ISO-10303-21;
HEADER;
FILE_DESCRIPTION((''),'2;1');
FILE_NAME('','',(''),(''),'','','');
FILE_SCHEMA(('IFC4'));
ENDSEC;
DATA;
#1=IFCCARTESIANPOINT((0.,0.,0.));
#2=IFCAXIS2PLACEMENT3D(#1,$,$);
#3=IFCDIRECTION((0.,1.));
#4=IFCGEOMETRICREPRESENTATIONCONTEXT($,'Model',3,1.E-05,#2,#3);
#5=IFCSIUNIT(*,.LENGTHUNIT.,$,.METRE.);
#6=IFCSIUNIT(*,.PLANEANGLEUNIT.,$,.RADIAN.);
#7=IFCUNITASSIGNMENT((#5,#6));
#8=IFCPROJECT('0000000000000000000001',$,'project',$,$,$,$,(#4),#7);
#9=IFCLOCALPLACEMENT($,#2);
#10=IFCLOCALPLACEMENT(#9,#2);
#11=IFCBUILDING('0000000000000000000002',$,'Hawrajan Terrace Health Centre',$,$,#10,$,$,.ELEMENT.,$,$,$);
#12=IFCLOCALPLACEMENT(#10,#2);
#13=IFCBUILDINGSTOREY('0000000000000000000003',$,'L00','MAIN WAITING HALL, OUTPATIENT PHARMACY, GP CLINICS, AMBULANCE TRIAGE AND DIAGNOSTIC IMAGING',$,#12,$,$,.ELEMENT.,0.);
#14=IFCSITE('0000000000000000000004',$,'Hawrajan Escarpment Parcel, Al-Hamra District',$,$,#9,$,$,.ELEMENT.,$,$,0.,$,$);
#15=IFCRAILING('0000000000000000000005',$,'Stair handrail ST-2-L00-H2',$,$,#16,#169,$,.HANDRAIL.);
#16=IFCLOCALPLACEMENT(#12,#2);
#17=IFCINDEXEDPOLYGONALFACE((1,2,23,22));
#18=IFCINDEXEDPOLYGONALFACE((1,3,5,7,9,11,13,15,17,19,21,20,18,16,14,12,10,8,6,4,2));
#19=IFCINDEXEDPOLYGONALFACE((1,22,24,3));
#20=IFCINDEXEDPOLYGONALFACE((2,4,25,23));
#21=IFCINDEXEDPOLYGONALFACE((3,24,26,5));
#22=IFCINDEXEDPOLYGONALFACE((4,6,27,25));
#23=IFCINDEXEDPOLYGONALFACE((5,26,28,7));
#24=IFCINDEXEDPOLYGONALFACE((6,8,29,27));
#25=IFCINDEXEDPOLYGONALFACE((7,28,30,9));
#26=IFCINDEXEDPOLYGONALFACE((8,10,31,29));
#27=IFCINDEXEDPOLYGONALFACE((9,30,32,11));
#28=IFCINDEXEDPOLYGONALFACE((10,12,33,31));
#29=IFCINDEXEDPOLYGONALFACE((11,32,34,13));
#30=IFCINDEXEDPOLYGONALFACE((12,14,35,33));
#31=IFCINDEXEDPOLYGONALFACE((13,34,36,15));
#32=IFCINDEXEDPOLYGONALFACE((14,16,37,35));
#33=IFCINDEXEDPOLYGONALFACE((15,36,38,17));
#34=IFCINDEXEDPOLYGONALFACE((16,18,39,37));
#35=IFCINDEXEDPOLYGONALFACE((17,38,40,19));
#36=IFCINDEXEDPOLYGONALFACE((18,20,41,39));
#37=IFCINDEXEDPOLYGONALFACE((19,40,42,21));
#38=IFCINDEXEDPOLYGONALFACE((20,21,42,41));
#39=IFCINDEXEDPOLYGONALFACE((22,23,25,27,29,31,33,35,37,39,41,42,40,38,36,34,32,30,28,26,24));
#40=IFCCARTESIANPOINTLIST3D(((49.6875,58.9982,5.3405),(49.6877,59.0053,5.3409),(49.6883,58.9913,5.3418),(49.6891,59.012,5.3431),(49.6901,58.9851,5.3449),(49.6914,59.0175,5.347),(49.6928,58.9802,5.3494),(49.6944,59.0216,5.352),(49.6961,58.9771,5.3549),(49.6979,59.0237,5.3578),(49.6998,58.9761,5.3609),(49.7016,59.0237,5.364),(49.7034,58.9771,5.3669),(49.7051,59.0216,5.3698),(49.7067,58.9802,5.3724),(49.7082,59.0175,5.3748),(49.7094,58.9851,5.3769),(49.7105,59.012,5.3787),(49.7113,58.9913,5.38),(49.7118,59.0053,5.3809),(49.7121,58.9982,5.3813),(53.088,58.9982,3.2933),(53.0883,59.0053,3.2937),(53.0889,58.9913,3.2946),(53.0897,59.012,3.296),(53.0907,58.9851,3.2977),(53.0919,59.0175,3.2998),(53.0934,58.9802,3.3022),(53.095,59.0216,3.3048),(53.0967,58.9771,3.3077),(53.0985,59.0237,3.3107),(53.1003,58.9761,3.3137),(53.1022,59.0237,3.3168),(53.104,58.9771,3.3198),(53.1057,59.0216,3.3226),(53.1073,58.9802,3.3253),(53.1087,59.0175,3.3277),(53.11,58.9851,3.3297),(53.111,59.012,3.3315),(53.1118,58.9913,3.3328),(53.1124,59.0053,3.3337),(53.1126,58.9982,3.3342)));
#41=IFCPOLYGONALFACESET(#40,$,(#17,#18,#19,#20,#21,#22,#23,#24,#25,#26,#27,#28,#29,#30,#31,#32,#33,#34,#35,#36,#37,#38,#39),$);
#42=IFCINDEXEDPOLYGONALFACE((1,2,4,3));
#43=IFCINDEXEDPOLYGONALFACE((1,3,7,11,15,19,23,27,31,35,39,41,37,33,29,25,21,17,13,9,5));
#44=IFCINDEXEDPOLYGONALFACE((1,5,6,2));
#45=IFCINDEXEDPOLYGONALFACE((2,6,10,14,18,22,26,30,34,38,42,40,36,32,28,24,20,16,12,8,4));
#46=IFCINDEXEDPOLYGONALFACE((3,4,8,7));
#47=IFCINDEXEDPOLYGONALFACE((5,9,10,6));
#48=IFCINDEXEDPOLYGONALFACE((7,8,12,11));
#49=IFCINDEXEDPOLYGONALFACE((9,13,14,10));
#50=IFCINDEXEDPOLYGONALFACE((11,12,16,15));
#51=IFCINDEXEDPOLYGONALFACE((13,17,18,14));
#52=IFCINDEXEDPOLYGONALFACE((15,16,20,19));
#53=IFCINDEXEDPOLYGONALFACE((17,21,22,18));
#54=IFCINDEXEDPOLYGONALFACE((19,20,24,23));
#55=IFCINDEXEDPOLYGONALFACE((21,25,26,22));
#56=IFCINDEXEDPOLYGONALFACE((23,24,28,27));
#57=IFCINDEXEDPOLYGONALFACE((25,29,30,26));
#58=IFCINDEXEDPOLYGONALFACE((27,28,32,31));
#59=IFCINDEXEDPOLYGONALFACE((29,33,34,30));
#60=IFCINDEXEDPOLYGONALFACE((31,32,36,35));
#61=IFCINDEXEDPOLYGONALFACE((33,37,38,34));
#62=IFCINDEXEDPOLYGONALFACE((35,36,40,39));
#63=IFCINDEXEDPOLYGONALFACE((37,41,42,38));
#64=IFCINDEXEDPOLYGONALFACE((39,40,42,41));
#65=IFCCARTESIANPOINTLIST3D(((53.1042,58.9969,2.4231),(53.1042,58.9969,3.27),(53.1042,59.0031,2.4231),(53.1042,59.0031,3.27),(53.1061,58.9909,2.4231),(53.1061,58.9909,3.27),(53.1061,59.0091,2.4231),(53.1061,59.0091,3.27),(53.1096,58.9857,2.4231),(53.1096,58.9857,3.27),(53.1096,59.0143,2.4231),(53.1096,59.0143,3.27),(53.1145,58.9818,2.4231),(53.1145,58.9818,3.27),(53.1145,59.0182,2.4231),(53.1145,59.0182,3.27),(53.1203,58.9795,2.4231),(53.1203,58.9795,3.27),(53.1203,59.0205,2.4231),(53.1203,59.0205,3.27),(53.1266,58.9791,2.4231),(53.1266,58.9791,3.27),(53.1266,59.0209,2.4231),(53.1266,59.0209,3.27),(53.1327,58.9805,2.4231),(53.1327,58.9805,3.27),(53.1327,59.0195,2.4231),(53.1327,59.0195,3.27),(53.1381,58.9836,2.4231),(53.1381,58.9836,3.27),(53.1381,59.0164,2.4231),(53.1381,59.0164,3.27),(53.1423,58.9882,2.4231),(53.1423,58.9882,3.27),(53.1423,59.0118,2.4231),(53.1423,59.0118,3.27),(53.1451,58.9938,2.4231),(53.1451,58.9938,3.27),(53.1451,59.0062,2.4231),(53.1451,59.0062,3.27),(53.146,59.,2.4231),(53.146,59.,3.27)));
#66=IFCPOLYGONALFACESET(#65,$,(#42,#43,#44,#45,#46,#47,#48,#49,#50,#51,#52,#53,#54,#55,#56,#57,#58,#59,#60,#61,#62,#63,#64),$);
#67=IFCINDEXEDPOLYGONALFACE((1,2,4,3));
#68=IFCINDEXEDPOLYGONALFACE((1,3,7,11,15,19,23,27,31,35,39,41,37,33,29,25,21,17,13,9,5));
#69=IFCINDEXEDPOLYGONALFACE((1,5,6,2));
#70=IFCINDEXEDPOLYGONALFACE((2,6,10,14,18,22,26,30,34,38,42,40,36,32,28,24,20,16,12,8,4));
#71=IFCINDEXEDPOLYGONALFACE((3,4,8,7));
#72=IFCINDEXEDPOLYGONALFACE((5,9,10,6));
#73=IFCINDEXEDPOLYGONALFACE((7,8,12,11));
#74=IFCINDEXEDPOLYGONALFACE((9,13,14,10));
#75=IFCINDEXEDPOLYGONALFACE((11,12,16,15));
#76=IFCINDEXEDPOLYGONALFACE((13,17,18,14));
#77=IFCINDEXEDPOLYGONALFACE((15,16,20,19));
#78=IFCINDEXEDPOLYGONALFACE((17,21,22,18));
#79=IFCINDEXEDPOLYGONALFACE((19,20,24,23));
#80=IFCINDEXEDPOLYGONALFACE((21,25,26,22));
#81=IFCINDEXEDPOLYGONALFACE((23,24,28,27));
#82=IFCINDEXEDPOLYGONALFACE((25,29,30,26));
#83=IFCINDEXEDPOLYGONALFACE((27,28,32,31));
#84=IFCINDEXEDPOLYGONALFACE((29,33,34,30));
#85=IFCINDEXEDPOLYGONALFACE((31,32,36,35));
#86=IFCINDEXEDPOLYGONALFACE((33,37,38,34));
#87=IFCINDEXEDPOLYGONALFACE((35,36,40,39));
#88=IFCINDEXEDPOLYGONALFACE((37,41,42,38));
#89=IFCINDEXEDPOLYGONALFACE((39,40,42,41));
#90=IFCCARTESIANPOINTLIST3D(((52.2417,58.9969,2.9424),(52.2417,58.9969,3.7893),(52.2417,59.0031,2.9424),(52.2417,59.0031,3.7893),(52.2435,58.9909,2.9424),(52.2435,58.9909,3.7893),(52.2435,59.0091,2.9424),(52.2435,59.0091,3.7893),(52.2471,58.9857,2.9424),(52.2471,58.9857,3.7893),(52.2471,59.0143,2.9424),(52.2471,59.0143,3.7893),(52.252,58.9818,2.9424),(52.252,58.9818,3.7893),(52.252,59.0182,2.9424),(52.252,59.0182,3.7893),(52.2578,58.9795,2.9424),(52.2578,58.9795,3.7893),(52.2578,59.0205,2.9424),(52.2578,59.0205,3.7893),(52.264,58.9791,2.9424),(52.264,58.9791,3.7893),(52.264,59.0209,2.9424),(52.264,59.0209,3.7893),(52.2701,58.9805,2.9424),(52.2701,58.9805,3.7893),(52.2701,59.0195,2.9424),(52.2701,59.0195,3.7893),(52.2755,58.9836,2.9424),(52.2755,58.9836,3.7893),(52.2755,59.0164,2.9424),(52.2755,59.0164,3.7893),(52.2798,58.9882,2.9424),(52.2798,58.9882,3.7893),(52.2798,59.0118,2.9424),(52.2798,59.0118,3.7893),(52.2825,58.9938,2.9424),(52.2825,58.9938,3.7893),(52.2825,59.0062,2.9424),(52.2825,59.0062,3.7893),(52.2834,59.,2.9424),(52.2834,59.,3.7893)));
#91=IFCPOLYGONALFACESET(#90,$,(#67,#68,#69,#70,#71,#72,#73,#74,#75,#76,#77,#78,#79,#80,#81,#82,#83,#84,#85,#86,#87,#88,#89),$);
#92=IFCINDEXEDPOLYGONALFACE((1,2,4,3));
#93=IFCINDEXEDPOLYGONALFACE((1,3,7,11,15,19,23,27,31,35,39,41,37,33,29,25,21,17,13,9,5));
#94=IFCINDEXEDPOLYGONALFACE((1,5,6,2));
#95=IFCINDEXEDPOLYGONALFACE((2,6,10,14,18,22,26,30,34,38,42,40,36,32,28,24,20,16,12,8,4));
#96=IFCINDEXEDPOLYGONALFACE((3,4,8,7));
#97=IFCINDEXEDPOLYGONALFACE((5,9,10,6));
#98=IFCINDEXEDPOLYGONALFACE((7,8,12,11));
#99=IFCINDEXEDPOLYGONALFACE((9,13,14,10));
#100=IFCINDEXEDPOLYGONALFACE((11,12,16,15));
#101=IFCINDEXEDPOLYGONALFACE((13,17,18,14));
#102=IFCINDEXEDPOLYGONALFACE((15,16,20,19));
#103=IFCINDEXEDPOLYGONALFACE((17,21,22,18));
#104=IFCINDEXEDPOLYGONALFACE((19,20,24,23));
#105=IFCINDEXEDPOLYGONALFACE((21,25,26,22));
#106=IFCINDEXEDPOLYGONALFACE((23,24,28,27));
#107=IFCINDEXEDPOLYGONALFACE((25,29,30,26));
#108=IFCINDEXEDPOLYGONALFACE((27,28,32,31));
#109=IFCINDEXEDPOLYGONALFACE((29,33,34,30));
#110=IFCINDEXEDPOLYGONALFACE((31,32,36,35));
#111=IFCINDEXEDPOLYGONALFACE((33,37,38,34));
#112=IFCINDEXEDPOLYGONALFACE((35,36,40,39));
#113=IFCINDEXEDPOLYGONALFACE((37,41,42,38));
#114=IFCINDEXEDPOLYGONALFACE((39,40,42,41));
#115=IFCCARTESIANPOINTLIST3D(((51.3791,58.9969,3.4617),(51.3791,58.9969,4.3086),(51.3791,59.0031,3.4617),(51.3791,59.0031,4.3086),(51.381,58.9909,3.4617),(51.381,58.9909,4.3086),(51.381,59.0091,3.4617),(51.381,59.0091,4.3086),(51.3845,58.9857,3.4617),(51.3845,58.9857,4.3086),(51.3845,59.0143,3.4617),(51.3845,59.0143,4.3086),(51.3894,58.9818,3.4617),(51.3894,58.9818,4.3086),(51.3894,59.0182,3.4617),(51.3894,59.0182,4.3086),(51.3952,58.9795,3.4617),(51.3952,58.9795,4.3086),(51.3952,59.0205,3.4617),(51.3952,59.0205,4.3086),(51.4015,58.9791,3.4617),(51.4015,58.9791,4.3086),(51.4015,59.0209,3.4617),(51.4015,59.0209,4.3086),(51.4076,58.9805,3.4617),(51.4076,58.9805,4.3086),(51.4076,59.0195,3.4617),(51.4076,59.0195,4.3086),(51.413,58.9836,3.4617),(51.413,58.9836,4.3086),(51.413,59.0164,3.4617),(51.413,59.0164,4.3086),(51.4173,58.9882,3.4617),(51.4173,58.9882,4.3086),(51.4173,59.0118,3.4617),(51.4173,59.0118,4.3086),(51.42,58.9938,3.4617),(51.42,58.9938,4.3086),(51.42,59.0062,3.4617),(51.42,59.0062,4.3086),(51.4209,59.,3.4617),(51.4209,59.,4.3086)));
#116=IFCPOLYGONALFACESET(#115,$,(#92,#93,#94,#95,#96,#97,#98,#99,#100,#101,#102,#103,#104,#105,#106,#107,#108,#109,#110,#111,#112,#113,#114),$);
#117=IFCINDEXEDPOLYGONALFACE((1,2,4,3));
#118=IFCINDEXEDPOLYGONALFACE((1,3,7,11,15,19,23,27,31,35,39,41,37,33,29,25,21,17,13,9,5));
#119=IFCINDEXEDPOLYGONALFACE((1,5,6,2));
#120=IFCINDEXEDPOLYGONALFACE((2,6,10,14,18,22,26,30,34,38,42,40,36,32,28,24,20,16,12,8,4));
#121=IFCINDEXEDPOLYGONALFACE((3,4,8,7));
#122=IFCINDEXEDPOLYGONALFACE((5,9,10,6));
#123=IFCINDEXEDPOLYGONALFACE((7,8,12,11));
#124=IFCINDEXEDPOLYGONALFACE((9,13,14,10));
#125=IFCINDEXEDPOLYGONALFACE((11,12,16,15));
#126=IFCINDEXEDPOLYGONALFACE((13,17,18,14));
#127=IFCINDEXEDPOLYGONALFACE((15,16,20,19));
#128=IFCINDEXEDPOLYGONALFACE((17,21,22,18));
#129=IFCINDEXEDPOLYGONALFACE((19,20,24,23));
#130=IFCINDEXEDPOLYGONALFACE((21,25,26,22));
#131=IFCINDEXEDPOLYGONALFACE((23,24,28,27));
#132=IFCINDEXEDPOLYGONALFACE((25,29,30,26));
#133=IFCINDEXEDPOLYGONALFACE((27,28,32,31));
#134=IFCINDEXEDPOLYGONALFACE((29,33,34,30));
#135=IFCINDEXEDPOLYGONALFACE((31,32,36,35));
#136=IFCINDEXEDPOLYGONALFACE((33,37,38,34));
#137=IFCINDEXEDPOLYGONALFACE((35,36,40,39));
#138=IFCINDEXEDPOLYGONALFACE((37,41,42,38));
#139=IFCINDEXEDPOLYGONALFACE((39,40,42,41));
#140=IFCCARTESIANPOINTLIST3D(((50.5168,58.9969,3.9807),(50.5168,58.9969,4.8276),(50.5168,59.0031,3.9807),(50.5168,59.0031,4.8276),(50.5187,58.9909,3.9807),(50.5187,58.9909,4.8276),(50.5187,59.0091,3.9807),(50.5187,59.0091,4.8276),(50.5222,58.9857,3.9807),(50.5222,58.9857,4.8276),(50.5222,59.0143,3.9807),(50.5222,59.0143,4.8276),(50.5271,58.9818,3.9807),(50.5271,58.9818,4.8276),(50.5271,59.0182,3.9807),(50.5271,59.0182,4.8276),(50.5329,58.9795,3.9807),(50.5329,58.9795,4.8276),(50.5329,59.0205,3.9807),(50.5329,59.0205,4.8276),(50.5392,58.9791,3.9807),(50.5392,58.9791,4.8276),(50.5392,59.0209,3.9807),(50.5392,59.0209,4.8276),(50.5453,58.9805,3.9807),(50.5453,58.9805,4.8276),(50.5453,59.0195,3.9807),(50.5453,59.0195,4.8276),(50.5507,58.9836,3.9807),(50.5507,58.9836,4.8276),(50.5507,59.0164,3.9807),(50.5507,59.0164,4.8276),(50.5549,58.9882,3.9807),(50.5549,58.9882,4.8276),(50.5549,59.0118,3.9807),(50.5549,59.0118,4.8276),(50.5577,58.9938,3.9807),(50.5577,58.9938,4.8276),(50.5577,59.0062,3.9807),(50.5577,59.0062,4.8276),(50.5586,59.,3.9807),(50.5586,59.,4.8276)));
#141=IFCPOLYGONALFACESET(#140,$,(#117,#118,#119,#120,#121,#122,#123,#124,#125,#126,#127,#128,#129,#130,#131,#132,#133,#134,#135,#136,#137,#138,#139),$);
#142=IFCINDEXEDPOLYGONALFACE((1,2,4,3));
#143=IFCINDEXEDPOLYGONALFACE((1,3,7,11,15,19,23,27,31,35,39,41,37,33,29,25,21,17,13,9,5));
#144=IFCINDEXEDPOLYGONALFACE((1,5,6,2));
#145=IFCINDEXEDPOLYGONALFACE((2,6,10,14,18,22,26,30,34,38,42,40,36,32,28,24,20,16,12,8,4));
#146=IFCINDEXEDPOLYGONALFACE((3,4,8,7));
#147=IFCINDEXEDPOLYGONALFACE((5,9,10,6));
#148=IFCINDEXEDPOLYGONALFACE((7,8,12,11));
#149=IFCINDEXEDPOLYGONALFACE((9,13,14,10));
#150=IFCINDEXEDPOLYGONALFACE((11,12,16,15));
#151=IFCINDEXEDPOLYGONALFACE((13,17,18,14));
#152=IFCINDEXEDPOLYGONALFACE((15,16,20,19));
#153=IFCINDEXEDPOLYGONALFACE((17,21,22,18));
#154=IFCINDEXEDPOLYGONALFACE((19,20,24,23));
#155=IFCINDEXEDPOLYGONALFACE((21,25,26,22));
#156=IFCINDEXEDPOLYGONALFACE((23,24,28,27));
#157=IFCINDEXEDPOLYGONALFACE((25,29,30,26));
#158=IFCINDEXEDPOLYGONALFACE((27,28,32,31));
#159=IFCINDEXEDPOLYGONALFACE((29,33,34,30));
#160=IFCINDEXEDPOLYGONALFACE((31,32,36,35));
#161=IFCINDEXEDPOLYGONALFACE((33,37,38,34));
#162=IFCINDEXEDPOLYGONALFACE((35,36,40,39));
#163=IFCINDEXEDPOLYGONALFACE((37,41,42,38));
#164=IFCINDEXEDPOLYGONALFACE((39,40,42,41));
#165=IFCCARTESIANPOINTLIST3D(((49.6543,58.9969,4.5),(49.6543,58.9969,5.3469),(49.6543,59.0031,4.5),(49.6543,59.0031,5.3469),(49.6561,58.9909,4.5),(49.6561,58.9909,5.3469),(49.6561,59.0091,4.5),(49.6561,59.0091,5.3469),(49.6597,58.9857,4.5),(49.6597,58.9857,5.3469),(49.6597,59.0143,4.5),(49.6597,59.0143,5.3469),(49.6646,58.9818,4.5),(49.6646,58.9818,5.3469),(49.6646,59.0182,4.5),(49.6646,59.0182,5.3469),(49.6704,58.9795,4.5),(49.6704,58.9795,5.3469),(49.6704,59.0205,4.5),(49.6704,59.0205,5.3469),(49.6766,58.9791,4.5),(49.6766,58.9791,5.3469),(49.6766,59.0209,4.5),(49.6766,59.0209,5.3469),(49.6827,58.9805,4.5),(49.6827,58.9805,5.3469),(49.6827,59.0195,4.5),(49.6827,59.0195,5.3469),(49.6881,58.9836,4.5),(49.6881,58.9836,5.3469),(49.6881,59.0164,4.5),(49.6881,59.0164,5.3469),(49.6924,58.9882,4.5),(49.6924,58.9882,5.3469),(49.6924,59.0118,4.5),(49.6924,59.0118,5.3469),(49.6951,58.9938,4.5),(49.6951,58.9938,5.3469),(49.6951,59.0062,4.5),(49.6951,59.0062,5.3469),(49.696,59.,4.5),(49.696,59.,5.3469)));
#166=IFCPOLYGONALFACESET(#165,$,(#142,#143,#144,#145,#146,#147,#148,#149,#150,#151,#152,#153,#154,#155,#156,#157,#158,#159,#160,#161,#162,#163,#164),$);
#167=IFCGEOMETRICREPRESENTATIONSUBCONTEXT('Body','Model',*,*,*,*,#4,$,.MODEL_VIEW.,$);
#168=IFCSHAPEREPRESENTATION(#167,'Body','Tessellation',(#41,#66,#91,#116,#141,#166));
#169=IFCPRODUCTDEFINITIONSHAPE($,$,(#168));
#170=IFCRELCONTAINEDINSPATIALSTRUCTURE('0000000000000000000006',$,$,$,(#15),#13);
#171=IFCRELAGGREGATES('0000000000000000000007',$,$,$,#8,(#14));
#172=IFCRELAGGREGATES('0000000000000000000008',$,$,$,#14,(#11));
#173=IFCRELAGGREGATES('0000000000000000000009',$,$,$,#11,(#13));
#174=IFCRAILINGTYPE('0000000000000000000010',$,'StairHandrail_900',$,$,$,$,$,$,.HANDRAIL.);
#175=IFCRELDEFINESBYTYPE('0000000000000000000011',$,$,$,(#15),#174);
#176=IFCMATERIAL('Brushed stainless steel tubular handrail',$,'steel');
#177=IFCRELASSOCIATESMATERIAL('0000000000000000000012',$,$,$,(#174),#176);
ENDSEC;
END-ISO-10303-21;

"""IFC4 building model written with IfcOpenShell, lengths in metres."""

from ifc_helpers import new_model, si_unit, direction, frame, origin, origin_2d, place, context, subcontext, project, spatial, circle, extrude, material, type_object, element, save


model = new_model("IFC4")

# Units and contexts
model_context = context("Model", 3, precision=1e-05, world=origin(), true_north=direction((0.0, 1.0)))
body_context = subcontext(model_context, "Body", "Model", "MODEL_VIEW")
ifc_project = project(units=[si_unit("LENGTHUNIT", "METRE"), si_unit("PLANEANGLEUNIT", "RADIAN")], contexts=[model_context])

# Site, building, storey
site_placement = place(None, origin())
site = spatial("IfcSite", under=ifc_project, at=site_placement, Name="Hawrajan Escarpment Parcel, Al-Hamra District", CompositionType="ELEMENT", RefElevation=0.0)
building_placement = place(site_placement, origin())
building = spatial("IfcBuilding", under=site, at=building_placement, Name="Hawrajan Terrace Health Centre", CompositionType="ELEMENT")
storey_placement = place(building_placement, origin())
storey = spatial("IfcBuildingStorey", under=building, at=storey_placement, Name="L00", Description="MAIN WAITING HALL, OUTPATIENT PHARMACY, GP CLINICS, AMBULANCE TRIAGE AND DIAGNOSTIC IMAGING", CompositionType="ELEMENT", Elevation=0.0)

# Railing
ifc_material_1 = material(Name="Brushed stainless steel tubular handrail", Category="steel")
railing_type_1 = type_object("IfcRailingType", Name="StairHandrail_900", PredefinedType="HANDRAIL", material=ifc_material_1)
railing_1_placement = place(storey_placement, frame((53.125, 59.0, 2.4231)))
element("IfcRailing", 1, at=railing_1_placement, inside=storey, type_object=railing_type_1, Name="Stair handrail ST-2-L00-H2", PredefinedType="HANDRAIL", context=body_context, shape_type="SweptSolid", body=[
    extrude(circle(Radius=0.0239, at=origin_2d()), frame((-0.0247, 0.0, 0.8906), z_axis=(-0.856732, 0.0, 0.515761), x_axis=(0.0, -1.0, 0.0)), (0.0, 0.0, 1.0), 3.9692),
    extrude(circle(Radius=0.021, at=origin_2d()), origin(), (0.0, 0.0, 1.0), 0.8469),
    extrude(circle(Radius=0.021, at=origin_2d()), frame((-0.8625, 0.0, 0.5193)), (0.0, 0.0, 1.0), 0.8469),
    extrude(circle(Radius=0.021, at=origin_2d()), frame((-1.7251, 0.0, 1.0386)), (0.0, 0.0, 1.0), 0.8469),
    extrude(circle(Radius=0.021, at=origin_2d()), frame((-2.5874, 0.0, 1.5576)), (0.0, 0.0, 1.0), 0.8469),
    extrude(circle(Radius=0.021, at=origin_2d()), frame((-3.45, 0.0, 2.0769)), (0.0, 0.0, 1.0), 0.8469),
])

save(model, "model.ifc")
